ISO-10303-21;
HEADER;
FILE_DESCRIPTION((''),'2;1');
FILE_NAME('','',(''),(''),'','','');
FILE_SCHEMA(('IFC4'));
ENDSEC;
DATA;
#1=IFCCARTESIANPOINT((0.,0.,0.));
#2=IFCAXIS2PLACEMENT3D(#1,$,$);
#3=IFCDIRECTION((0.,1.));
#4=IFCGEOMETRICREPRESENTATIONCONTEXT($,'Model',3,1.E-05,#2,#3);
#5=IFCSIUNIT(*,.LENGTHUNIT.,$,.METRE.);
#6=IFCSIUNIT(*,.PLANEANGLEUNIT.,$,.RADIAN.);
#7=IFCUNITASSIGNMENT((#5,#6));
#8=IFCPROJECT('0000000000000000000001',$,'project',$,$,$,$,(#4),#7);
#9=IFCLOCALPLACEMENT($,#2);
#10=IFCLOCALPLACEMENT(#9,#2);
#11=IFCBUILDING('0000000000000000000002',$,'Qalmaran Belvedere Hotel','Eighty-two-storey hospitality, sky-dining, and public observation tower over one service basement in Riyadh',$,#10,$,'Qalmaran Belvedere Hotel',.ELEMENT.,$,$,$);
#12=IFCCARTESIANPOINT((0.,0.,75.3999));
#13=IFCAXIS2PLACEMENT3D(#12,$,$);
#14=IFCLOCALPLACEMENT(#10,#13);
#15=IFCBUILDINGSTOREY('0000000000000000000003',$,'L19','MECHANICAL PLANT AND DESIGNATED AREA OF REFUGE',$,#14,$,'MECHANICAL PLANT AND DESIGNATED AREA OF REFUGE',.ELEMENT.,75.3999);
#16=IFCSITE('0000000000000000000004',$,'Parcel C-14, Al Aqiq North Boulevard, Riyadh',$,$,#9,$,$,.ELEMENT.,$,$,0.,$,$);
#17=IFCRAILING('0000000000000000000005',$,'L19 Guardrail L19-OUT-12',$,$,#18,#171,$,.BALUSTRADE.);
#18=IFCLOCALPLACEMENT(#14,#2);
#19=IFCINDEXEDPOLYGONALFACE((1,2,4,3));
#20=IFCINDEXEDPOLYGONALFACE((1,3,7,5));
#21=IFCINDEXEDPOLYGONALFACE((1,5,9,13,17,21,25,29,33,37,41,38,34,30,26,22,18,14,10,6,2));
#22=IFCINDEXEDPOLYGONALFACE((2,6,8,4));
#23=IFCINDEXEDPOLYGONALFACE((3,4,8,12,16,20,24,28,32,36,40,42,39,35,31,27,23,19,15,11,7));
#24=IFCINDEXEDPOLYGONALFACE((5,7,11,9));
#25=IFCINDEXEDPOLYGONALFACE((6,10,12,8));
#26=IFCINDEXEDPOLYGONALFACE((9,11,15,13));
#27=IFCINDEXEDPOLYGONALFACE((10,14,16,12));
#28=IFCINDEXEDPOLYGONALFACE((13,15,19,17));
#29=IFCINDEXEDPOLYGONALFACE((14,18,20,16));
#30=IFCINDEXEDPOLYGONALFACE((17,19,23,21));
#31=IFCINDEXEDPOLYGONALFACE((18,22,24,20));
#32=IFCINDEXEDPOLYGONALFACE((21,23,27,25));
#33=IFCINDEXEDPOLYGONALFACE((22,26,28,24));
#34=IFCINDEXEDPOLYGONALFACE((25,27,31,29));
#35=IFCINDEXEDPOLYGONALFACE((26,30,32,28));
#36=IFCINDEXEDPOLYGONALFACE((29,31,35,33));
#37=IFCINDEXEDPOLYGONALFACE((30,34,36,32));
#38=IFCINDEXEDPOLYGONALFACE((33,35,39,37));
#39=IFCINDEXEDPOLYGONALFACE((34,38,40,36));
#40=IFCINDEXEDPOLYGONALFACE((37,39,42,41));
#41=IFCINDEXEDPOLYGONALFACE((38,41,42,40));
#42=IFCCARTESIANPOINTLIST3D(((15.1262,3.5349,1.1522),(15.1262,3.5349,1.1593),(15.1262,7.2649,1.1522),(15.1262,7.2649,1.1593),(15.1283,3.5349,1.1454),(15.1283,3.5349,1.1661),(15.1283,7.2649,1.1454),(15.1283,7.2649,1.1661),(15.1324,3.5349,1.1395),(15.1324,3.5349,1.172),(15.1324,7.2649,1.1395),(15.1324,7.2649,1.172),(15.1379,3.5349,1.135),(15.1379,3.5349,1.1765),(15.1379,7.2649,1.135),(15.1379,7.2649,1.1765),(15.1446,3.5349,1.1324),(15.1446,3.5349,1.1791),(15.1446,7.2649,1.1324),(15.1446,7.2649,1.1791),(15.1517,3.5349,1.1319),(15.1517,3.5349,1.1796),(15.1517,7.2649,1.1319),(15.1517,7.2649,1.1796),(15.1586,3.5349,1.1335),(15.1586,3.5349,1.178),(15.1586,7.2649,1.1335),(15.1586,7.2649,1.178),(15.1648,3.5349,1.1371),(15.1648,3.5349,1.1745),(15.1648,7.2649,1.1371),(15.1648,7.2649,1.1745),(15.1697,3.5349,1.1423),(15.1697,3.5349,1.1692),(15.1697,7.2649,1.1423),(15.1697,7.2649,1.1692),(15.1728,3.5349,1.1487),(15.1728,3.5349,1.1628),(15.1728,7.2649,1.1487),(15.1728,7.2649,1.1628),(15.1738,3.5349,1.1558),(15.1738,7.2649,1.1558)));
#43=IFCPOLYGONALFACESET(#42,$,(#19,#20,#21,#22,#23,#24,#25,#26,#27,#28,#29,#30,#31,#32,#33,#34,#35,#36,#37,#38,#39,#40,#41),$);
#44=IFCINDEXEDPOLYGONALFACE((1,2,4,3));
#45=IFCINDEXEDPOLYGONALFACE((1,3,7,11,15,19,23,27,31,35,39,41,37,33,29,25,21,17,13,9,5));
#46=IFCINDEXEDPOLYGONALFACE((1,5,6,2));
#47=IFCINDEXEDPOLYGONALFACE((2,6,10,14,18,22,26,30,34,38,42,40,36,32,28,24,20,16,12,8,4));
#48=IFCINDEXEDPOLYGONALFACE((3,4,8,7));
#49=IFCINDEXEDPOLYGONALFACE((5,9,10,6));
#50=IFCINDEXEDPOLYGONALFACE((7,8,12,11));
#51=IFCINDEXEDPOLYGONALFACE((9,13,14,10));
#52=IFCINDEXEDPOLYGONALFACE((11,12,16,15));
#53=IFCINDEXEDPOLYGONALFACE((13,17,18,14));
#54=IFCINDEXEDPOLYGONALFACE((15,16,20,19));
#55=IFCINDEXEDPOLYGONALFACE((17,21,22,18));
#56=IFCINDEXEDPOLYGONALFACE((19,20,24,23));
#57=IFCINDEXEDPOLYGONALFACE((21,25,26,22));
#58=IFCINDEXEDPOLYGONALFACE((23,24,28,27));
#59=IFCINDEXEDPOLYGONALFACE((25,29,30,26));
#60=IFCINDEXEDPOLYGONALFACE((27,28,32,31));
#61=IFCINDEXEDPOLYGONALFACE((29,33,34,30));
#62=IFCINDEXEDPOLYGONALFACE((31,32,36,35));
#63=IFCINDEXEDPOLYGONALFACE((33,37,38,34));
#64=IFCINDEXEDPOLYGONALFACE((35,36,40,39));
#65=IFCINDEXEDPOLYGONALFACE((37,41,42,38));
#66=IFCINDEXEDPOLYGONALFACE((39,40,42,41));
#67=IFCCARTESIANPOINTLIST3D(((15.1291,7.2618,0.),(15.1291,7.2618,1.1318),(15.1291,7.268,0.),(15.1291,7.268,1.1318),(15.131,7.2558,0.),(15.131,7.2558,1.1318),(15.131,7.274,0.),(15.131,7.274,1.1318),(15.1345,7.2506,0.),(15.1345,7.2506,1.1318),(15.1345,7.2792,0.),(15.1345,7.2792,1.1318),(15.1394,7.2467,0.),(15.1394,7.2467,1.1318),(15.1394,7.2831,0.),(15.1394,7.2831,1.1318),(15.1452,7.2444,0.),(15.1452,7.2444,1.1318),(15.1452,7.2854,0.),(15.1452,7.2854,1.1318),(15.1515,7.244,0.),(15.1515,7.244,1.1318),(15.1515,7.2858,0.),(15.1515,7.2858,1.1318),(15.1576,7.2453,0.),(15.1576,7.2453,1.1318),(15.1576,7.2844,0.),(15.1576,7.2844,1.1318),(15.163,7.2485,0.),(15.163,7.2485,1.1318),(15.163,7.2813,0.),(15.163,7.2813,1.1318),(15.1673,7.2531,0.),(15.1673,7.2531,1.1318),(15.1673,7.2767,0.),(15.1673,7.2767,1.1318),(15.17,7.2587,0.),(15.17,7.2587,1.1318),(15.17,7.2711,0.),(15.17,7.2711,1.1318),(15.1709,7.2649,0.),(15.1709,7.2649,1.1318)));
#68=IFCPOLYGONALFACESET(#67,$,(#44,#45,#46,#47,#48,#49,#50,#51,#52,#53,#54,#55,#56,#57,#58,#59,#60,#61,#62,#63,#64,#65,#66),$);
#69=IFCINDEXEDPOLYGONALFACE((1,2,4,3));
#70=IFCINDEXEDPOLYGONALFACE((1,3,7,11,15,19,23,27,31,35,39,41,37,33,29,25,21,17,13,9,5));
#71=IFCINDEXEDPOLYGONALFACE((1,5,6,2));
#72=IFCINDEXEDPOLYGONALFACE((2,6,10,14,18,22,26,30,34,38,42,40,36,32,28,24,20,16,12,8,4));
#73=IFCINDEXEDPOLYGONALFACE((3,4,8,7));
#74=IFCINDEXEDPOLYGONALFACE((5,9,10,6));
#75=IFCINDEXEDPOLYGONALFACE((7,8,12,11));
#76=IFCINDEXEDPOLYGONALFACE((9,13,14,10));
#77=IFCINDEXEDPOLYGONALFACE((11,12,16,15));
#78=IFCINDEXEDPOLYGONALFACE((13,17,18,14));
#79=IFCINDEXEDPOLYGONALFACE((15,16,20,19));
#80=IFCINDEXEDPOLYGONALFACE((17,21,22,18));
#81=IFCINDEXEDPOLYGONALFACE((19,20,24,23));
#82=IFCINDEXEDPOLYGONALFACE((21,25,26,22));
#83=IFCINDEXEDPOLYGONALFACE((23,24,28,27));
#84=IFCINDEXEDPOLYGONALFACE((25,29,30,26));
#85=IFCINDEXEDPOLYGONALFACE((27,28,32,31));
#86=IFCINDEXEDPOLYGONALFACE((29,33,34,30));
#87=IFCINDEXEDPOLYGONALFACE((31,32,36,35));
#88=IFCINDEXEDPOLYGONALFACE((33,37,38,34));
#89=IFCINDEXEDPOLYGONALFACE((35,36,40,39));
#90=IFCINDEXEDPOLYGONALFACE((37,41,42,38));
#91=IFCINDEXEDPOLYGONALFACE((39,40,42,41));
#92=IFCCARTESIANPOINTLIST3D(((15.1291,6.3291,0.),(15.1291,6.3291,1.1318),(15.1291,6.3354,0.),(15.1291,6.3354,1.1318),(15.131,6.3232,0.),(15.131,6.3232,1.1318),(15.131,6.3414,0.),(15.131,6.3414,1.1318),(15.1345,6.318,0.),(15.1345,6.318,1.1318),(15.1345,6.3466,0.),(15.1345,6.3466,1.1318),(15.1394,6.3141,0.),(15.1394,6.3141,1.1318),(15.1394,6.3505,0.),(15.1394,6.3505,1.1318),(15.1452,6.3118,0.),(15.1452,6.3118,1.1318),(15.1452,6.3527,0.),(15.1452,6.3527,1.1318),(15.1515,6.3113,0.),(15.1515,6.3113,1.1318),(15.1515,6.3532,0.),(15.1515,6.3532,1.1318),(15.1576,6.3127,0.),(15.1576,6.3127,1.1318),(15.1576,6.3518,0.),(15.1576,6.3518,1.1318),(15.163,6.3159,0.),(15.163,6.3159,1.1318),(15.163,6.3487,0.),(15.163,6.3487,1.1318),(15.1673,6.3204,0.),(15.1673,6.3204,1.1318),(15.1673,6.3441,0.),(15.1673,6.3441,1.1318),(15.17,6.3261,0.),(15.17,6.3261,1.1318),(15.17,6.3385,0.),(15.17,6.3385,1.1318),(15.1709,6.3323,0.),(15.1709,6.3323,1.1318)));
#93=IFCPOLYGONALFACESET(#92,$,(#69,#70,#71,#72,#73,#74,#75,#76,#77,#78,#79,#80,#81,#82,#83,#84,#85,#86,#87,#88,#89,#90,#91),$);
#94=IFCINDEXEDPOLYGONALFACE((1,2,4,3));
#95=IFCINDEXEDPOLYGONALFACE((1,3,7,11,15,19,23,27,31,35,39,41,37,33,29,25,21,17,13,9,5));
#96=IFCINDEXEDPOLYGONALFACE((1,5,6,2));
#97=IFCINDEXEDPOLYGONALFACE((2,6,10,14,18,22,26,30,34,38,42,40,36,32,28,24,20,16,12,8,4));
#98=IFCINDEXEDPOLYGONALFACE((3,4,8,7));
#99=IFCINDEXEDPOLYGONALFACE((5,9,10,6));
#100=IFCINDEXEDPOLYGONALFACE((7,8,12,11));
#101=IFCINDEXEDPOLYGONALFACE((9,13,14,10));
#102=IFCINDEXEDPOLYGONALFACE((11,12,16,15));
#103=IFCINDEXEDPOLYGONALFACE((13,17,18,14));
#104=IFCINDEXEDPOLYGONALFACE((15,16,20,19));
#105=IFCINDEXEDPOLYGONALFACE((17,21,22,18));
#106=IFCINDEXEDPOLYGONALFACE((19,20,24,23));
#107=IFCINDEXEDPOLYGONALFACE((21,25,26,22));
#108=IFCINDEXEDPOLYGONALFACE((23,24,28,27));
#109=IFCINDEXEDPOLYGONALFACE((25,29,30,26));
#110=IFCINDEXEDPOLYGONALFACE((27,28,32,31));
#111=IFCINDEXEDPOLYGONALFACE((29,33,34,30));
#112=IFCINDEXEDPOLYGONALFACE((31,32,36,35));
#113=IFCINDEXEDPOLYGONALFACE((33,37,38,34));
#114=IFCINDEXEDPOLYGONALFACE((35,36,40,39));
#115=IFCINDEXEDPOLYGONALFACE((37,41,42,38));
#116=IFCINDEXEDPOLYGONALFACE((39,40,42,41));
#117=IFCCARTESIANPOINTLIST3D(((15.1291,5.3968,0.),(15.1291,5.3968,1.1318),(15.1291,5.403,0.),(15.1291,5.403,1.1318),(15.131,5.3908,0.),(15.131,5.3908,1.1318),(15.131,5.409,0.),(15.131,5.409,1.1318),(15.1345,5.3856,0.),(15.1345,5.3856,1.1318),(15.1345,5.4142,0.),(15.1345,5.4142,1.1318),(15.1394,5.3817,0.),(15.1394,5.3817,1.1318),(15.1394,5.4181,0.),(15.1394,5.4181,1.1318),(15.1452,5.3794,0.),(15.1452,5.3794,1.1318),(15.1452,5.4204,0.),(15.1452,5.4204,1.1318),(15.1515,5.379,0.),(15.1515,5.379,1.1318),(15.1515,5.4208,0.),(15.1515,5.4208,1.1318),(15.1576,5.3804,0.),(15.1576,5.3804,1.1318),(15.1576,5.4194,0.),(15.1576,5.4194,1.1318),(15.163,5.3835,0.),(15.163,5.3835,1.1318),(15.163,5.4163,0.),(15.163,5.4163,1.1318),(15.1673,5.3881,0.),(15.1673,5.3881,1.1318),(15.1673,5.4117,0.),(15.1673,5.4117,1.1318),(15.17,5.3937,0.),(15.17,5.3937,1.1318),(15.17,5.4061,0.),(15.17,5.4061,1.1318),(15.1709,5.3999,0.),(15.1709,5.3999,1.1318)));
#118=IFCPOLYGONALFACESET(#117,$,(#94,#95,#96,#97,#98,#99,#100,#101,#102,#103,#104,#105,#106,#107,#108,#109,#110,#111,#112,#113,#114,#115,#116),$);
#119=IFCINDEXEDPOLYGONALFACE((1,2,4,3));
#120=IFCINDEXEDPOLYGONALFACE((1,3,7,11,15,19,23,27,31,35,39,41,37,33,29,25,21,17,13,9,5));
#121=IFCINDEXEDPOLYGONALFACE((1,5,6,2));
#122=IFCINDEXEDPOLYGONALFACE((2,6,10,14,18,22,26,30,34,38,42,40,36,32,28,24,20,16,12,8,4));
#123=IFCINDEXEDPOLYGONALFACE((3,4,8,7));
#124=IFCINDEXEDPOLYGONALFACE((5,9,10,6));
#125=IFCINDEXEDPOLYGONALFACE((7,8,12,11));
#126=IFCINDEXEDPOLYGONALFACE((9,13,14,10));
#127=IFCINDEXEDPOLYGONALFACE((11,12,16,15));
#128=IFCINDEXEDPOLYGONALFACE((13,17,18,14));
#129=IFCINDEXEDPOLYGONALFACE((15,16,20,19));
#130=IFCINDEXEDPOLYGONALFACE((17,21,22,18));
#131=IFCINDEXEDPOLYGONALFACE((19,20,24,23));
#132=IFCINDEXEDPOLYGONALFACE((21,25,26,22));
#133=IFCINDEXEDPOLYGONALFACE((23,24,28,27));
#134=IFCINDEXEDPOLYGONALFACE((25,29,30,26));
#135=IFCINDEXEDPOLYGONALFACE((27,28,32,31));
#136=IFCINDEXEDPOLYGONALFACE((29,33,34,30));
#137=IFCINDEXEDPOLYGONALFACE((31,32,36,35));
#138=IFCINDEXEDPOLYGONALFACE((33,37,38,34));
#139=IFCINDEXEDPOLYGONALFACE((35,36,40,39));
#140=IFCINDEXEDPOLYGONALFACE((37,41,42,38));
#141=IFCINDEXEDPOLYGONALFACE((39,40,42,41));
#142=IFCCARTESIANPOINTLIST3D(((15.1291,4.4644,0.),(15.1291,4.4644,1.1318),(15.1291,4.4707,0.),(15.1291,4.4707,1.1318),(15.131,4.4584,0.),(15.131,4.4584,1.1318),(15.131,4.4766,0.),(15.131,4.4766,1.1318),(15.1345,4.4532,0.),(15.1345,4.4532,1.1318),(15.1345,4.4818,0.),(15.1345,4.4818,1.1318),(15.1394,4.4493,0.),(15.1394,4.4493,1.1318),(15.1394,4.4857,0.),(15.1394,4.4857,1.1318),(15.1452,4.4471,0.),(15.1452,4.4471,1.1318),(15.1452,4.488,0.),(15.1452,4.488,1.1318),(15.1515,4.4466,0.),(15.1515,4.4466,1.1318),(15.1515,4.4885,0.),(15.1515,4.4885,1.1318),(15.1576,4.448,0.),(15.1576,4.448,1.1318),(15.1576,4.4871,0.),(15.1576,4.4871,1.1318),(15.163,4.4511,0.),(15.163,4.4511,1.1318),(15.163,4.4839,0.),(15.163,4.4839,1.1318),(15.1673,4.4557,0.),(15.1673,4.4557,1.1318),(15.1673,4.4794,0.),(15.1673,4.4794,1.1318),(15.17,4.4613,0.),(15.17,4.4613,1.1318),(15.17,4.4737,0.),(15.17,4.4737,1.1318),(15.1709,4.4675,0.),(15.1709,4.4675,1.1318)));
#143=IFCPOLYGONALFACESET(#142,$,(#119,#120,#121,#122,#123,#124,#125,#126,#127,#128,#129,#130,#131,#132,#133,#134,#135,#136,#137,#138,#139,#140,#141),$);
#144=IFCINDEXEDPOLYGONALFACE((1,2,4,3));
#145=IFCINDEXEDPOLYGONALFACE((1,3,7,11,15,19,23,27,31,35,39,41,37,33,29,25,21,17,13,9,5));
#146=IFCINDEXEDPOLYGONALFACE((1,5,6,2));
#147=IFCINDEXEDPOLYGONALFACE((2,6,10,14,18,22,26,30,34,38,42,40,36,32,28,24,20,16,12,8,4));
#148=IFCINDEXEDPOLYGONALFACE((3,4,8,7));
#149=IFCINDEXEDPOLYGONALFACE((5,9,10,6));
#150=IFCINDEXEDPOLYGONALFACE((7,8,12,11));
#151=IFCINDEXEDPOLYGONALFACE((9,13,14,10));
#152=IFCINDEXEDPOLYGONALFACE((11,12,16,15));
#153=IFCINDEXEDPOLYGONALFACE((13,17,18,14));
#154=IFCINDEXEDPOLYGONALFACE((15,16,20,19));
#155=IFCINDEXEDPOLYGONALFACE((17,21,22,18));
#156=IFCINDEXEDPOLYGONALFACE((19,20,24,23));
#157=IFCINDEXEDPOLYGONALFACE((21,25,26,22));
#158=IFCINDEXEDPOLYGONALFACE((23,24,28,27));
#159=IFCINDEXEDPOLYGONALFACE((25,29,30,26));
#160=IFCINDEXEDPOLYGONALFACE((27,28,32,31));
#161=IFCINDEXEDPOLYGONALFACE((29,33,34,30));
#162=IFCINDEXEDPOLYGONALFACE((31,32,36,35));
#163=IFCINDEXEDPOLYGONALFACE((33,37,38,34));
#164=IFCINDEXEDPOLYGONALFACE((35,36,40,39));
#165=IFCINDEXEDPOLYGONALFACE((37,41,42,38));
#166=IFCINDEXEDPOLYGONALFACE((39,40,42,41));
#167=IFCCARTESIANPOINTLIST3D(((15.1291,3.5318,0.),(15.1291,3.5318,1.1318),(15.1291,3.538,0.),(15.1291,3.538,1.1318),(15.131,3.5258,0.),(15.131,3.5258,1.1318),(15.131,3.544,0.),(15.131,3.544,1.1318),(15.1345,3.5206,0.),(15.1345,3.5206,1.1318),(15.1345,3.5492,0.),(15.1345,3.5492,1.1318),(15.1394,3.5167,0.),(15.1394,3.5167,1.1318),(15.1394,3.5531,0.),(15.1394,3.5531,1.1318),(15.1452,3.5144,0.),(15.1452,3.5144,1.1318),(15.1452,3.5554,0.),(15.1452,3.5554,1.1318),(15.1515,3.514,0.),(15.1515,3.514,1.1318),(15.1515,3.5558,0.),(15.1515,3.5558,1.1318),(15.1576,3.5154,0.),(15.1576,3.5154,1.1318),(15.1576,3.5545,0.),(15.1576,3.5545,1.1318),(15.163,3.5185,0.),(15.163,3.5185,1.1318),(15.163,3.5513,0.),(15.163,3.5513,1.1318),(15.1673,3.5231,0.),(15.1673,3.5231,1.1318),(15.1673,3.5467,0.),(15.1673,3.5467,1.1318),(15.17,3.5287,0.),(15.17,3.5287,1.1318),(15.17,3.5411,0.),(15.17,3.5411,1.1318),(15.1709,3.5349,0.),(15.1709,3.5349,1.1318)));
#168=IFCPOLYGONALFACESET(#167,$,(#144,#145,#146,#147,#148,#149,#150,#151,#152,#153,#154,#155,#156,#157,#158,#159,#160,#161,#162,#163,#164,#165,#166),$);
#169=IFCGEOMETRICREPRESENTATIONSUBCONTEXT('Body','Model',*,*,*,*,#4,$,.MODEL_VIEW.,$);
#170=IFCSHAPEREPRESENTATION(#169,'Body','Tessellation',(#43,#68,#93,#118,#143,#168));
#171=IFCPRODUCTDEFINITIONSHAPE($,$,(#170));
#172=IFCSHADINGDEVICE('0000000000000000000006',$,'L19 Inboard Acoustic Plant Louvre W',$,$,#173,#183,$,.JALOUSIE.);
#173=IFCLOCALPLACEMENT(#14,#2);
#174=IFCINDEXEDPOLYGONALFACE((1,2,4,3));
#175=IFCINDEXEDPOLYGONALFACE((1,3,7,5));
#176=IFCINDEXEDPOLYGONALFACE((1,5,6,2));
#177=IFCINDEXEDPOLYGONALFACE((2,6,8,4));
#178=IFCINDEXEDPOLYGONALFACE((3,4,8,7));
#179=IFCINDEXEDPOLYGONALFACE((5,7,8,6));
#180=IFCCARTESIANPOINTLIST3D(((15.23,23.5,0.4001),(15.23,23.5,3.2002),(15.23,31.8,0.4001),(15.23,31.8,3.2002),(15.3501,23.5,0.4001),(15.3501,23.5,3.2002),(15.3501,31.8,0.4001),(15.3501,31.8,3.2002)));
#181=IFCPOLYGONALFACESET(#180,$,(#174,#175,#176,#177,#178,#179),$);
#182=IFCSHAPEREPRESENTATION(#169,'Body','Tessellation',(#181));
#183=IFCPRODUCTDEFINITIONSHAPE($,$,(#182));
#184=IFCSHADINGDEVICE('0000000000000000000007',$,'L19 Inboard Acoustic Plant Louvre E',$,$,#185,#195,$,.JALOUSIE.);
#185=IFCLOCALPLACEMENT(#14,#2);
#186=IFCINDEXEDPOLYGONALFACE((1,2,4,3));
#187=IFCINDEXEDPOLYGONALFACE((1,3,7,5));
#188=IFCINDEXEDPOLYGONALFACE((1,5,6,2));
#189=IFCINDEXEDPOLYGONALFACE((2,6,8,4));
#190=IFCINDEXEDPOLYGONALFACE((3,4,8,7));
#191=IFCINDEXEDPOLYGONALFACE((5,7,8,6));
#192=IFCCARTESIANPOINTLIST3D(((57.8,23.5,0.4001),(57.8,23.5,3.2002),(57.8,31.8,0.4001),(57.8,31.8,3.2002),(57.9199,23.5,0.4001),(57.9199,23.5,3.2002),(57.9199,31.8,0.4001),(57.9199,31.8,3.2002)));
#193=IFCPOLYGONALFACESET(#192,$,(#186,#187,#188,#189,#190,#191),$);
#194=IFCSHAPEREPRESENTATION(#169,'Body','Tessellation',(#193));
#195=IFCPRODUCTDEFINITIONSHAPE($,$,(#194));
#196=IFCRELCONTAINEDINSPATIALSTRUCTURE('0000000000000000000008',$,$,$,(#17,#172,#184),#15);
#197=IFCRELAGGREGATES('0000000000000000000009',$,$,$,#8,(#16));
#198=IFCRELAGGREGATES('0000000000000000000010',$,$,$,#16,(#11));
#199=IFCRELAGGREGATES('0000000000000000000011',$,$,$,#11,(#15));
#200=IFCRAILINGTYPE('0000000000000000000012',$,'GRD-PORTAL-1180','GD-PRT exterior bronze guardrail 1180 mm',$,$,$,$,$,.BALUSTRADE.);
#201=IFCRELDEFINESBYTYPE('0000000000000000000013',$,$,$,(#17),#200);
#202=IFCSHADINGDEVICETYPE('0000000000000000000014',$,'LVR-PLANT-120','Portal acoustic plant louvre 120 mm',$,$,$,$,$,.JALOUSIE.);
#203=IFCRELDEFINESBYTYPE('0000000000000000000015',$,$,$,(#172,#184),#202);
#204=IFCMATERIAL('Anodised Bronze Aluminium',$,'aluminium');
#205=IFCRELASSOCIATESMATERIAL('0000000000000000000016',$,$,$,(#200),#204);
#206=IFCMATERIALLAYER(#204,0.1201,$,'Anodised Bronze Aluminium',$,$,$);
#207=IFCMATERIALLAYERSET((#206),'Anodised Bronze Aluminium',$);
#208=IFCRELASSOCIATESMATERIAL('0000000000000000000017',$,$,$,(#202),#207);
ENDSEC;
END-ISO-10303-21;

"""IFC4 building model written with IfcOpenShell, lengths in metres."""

from ifc_helpers import new_model, si_unit, direction, frame, origin, origin_2d, place, context, subcontext, project, spatial, polyline, circle, outline, extrude, material, layer, layer_set, type_object, element, save


model = new_model("IFC4")

# Units and contexts
model_context = context("Model", 3, precision=1e-05, world=origin(), true_north=direction((0.0, 1.0)))
body_context = subcontext(model_context, "Body", "Model", "MODEL_VIEW")
ifc_project = project(units=[si_unit("LENGTHUNIT", "METRE"), si_unit("PLANEANGLEUNIT", "RADIAN")], contexts=[model_context])

# Site, building, storey
site_placement = place(None, origin())
site = spatial("IfcSite", under=ifc_project, at=site_placement, Name="Parcel C-14, Al Aqiq North Boulevard, Riyadh", CompositionType="ELEMENT", RefElevation=0.0)
building_placement = place(site_placement, origin())
building = spatial("IfcBuilding", under=site, at=building_placement, Name="Qalmaran Belvedere Hotel", Description="Eighty-two-storey hospitality, sky-dining, and public observation tower over one service basement in Riyadh", LongName="Qalmaran Belvedere Hotel", CompositionType="ELEMENT")
storey_placement = place(building_placement, frame((0.0, 0.0, 75.3999)))
storey = spatial("IfcBuildingStorey", under=building, at=storey_placement, Name="L19", Description="MECHANICAL PLANT AND DESIGNATED AREA OF REFUGE", LongName="MECHANICAL PLANT AND DESIGNATED AREA OF REFUGE", CompositionType="ELEMENT", Elevation=75.3999)

# Railing
ifc_material_1 = material(Name="Anodised Bronze Aluminium", Category="aluminium")
railing_type = type_object("IfcRailingType", Name="GRD-PORTAL-1180", Description="GD-PRT exterior bronze guardrail 1180 mm", PredefinedType="BALUSTRADE", material=ifc_material_1)
railing_1_placement = place(storey_placement, frame((15.1499, 7.2649, 0.0)))
element("IfcRailing", 1, at=railing_1_placement, inside=storey, type_object=railing_type, Name="L19 Guardrail L19-OUT-12", PredefinedType="BALUSTRADE", context=body_context, shape_type="SweptSolid", body=[
    extrude(circle(Radius=0.0239, at=origin_2d()), frame((0.0, 0.0, 1.1558), z_axis=(0.0, -1.0, 0.0), x_axis=(1.0, 0.0, 0.0)), (0.0, 0.0, 1.0), 3.73),
    extrude(circle(Radius=0.021, at=origin_2d()), origin(), (0.0, 0.0, 1.0), 1.1318),
    extrude(circle(Radius=0.021, at=origin_2d()), frame((0.0, -0.9326, 0.0)), (0.0, 0.0, 1.0), 1.1318),
    extrude(circle(Radius=0.021, at=origin_2d()), frame((0.0, -1.865, 0.0)), (0.0, 0.0, 1.0), 1.1318),
    extrude(circle(Radius=0.021, at=origin_2d()), frame((0.0, -2.7974, 0.0)), (0.0, 0.0, 1.0), 1.1318),
    extrude(circle(Radius=0.021, at=origin_2d()), frame((0.0, -3.73, 0.0)), (0.0, 0.0, 1.0), 1.1318),
])

# Shading devices
ifc_layer_1 = layer(ifc_material_1, 0.1201, Name="Anodised Bronze Aluminium")
ifc_layer_set_1 = layer_set([ifc_layer_1], Name="Anodised Bronze Aluminium")
shading_device_type = type_object("IfcShadingDeviceType", Name="LVR-PLANT-120", Description="Portal acoustic plant louvre 120 mm", PredefinedType="JALOUSIE", material=ifc_layer_set_1)
shading_device_1_placement = place(storey_placement, frame((0.0, 0.0, 0.4001)))
element("IfcShadingDevice", 2, at=shading_device_1_placement, inside=storey, type_object=shading_device_type, Name="L19 Inboard Acoustic Plant Louvre W", PredefinedType="JALOUSIE", context=body_context, shape_type="SweptSolid", body=[
    extrude(outline(polyline([(15.23, 23.5), (15.3501, 23.5), (15.3501, 31.8), (15.23, 31.8), (15.23, 23.5)])), origin(), (0.0, 0.0, 1.0), 2.8),
])
shading_device_2_placement = place(storey_placement, frame((0.0, 0.0, 0.4001)))
element("IfcShadingDevice", 3, at=shading_device_2_placement, inside=storey, type_object=shading_device_type, Name="L19 Inboard Acoustic Plant Louvre E", PredefinedType="JALOUSIE", context=body_context, shape_type="SweptSolid", body=[
    extrude(outline(polyline([(57.8, 23.5), (57.9199, 23.5), (57.9199, 31.8), (57.8, 31.8), (57.8, 23.5)])), origin(), (0.0, 0.0, 1.0), 2.8),
])

save(model, "model.ifc")
